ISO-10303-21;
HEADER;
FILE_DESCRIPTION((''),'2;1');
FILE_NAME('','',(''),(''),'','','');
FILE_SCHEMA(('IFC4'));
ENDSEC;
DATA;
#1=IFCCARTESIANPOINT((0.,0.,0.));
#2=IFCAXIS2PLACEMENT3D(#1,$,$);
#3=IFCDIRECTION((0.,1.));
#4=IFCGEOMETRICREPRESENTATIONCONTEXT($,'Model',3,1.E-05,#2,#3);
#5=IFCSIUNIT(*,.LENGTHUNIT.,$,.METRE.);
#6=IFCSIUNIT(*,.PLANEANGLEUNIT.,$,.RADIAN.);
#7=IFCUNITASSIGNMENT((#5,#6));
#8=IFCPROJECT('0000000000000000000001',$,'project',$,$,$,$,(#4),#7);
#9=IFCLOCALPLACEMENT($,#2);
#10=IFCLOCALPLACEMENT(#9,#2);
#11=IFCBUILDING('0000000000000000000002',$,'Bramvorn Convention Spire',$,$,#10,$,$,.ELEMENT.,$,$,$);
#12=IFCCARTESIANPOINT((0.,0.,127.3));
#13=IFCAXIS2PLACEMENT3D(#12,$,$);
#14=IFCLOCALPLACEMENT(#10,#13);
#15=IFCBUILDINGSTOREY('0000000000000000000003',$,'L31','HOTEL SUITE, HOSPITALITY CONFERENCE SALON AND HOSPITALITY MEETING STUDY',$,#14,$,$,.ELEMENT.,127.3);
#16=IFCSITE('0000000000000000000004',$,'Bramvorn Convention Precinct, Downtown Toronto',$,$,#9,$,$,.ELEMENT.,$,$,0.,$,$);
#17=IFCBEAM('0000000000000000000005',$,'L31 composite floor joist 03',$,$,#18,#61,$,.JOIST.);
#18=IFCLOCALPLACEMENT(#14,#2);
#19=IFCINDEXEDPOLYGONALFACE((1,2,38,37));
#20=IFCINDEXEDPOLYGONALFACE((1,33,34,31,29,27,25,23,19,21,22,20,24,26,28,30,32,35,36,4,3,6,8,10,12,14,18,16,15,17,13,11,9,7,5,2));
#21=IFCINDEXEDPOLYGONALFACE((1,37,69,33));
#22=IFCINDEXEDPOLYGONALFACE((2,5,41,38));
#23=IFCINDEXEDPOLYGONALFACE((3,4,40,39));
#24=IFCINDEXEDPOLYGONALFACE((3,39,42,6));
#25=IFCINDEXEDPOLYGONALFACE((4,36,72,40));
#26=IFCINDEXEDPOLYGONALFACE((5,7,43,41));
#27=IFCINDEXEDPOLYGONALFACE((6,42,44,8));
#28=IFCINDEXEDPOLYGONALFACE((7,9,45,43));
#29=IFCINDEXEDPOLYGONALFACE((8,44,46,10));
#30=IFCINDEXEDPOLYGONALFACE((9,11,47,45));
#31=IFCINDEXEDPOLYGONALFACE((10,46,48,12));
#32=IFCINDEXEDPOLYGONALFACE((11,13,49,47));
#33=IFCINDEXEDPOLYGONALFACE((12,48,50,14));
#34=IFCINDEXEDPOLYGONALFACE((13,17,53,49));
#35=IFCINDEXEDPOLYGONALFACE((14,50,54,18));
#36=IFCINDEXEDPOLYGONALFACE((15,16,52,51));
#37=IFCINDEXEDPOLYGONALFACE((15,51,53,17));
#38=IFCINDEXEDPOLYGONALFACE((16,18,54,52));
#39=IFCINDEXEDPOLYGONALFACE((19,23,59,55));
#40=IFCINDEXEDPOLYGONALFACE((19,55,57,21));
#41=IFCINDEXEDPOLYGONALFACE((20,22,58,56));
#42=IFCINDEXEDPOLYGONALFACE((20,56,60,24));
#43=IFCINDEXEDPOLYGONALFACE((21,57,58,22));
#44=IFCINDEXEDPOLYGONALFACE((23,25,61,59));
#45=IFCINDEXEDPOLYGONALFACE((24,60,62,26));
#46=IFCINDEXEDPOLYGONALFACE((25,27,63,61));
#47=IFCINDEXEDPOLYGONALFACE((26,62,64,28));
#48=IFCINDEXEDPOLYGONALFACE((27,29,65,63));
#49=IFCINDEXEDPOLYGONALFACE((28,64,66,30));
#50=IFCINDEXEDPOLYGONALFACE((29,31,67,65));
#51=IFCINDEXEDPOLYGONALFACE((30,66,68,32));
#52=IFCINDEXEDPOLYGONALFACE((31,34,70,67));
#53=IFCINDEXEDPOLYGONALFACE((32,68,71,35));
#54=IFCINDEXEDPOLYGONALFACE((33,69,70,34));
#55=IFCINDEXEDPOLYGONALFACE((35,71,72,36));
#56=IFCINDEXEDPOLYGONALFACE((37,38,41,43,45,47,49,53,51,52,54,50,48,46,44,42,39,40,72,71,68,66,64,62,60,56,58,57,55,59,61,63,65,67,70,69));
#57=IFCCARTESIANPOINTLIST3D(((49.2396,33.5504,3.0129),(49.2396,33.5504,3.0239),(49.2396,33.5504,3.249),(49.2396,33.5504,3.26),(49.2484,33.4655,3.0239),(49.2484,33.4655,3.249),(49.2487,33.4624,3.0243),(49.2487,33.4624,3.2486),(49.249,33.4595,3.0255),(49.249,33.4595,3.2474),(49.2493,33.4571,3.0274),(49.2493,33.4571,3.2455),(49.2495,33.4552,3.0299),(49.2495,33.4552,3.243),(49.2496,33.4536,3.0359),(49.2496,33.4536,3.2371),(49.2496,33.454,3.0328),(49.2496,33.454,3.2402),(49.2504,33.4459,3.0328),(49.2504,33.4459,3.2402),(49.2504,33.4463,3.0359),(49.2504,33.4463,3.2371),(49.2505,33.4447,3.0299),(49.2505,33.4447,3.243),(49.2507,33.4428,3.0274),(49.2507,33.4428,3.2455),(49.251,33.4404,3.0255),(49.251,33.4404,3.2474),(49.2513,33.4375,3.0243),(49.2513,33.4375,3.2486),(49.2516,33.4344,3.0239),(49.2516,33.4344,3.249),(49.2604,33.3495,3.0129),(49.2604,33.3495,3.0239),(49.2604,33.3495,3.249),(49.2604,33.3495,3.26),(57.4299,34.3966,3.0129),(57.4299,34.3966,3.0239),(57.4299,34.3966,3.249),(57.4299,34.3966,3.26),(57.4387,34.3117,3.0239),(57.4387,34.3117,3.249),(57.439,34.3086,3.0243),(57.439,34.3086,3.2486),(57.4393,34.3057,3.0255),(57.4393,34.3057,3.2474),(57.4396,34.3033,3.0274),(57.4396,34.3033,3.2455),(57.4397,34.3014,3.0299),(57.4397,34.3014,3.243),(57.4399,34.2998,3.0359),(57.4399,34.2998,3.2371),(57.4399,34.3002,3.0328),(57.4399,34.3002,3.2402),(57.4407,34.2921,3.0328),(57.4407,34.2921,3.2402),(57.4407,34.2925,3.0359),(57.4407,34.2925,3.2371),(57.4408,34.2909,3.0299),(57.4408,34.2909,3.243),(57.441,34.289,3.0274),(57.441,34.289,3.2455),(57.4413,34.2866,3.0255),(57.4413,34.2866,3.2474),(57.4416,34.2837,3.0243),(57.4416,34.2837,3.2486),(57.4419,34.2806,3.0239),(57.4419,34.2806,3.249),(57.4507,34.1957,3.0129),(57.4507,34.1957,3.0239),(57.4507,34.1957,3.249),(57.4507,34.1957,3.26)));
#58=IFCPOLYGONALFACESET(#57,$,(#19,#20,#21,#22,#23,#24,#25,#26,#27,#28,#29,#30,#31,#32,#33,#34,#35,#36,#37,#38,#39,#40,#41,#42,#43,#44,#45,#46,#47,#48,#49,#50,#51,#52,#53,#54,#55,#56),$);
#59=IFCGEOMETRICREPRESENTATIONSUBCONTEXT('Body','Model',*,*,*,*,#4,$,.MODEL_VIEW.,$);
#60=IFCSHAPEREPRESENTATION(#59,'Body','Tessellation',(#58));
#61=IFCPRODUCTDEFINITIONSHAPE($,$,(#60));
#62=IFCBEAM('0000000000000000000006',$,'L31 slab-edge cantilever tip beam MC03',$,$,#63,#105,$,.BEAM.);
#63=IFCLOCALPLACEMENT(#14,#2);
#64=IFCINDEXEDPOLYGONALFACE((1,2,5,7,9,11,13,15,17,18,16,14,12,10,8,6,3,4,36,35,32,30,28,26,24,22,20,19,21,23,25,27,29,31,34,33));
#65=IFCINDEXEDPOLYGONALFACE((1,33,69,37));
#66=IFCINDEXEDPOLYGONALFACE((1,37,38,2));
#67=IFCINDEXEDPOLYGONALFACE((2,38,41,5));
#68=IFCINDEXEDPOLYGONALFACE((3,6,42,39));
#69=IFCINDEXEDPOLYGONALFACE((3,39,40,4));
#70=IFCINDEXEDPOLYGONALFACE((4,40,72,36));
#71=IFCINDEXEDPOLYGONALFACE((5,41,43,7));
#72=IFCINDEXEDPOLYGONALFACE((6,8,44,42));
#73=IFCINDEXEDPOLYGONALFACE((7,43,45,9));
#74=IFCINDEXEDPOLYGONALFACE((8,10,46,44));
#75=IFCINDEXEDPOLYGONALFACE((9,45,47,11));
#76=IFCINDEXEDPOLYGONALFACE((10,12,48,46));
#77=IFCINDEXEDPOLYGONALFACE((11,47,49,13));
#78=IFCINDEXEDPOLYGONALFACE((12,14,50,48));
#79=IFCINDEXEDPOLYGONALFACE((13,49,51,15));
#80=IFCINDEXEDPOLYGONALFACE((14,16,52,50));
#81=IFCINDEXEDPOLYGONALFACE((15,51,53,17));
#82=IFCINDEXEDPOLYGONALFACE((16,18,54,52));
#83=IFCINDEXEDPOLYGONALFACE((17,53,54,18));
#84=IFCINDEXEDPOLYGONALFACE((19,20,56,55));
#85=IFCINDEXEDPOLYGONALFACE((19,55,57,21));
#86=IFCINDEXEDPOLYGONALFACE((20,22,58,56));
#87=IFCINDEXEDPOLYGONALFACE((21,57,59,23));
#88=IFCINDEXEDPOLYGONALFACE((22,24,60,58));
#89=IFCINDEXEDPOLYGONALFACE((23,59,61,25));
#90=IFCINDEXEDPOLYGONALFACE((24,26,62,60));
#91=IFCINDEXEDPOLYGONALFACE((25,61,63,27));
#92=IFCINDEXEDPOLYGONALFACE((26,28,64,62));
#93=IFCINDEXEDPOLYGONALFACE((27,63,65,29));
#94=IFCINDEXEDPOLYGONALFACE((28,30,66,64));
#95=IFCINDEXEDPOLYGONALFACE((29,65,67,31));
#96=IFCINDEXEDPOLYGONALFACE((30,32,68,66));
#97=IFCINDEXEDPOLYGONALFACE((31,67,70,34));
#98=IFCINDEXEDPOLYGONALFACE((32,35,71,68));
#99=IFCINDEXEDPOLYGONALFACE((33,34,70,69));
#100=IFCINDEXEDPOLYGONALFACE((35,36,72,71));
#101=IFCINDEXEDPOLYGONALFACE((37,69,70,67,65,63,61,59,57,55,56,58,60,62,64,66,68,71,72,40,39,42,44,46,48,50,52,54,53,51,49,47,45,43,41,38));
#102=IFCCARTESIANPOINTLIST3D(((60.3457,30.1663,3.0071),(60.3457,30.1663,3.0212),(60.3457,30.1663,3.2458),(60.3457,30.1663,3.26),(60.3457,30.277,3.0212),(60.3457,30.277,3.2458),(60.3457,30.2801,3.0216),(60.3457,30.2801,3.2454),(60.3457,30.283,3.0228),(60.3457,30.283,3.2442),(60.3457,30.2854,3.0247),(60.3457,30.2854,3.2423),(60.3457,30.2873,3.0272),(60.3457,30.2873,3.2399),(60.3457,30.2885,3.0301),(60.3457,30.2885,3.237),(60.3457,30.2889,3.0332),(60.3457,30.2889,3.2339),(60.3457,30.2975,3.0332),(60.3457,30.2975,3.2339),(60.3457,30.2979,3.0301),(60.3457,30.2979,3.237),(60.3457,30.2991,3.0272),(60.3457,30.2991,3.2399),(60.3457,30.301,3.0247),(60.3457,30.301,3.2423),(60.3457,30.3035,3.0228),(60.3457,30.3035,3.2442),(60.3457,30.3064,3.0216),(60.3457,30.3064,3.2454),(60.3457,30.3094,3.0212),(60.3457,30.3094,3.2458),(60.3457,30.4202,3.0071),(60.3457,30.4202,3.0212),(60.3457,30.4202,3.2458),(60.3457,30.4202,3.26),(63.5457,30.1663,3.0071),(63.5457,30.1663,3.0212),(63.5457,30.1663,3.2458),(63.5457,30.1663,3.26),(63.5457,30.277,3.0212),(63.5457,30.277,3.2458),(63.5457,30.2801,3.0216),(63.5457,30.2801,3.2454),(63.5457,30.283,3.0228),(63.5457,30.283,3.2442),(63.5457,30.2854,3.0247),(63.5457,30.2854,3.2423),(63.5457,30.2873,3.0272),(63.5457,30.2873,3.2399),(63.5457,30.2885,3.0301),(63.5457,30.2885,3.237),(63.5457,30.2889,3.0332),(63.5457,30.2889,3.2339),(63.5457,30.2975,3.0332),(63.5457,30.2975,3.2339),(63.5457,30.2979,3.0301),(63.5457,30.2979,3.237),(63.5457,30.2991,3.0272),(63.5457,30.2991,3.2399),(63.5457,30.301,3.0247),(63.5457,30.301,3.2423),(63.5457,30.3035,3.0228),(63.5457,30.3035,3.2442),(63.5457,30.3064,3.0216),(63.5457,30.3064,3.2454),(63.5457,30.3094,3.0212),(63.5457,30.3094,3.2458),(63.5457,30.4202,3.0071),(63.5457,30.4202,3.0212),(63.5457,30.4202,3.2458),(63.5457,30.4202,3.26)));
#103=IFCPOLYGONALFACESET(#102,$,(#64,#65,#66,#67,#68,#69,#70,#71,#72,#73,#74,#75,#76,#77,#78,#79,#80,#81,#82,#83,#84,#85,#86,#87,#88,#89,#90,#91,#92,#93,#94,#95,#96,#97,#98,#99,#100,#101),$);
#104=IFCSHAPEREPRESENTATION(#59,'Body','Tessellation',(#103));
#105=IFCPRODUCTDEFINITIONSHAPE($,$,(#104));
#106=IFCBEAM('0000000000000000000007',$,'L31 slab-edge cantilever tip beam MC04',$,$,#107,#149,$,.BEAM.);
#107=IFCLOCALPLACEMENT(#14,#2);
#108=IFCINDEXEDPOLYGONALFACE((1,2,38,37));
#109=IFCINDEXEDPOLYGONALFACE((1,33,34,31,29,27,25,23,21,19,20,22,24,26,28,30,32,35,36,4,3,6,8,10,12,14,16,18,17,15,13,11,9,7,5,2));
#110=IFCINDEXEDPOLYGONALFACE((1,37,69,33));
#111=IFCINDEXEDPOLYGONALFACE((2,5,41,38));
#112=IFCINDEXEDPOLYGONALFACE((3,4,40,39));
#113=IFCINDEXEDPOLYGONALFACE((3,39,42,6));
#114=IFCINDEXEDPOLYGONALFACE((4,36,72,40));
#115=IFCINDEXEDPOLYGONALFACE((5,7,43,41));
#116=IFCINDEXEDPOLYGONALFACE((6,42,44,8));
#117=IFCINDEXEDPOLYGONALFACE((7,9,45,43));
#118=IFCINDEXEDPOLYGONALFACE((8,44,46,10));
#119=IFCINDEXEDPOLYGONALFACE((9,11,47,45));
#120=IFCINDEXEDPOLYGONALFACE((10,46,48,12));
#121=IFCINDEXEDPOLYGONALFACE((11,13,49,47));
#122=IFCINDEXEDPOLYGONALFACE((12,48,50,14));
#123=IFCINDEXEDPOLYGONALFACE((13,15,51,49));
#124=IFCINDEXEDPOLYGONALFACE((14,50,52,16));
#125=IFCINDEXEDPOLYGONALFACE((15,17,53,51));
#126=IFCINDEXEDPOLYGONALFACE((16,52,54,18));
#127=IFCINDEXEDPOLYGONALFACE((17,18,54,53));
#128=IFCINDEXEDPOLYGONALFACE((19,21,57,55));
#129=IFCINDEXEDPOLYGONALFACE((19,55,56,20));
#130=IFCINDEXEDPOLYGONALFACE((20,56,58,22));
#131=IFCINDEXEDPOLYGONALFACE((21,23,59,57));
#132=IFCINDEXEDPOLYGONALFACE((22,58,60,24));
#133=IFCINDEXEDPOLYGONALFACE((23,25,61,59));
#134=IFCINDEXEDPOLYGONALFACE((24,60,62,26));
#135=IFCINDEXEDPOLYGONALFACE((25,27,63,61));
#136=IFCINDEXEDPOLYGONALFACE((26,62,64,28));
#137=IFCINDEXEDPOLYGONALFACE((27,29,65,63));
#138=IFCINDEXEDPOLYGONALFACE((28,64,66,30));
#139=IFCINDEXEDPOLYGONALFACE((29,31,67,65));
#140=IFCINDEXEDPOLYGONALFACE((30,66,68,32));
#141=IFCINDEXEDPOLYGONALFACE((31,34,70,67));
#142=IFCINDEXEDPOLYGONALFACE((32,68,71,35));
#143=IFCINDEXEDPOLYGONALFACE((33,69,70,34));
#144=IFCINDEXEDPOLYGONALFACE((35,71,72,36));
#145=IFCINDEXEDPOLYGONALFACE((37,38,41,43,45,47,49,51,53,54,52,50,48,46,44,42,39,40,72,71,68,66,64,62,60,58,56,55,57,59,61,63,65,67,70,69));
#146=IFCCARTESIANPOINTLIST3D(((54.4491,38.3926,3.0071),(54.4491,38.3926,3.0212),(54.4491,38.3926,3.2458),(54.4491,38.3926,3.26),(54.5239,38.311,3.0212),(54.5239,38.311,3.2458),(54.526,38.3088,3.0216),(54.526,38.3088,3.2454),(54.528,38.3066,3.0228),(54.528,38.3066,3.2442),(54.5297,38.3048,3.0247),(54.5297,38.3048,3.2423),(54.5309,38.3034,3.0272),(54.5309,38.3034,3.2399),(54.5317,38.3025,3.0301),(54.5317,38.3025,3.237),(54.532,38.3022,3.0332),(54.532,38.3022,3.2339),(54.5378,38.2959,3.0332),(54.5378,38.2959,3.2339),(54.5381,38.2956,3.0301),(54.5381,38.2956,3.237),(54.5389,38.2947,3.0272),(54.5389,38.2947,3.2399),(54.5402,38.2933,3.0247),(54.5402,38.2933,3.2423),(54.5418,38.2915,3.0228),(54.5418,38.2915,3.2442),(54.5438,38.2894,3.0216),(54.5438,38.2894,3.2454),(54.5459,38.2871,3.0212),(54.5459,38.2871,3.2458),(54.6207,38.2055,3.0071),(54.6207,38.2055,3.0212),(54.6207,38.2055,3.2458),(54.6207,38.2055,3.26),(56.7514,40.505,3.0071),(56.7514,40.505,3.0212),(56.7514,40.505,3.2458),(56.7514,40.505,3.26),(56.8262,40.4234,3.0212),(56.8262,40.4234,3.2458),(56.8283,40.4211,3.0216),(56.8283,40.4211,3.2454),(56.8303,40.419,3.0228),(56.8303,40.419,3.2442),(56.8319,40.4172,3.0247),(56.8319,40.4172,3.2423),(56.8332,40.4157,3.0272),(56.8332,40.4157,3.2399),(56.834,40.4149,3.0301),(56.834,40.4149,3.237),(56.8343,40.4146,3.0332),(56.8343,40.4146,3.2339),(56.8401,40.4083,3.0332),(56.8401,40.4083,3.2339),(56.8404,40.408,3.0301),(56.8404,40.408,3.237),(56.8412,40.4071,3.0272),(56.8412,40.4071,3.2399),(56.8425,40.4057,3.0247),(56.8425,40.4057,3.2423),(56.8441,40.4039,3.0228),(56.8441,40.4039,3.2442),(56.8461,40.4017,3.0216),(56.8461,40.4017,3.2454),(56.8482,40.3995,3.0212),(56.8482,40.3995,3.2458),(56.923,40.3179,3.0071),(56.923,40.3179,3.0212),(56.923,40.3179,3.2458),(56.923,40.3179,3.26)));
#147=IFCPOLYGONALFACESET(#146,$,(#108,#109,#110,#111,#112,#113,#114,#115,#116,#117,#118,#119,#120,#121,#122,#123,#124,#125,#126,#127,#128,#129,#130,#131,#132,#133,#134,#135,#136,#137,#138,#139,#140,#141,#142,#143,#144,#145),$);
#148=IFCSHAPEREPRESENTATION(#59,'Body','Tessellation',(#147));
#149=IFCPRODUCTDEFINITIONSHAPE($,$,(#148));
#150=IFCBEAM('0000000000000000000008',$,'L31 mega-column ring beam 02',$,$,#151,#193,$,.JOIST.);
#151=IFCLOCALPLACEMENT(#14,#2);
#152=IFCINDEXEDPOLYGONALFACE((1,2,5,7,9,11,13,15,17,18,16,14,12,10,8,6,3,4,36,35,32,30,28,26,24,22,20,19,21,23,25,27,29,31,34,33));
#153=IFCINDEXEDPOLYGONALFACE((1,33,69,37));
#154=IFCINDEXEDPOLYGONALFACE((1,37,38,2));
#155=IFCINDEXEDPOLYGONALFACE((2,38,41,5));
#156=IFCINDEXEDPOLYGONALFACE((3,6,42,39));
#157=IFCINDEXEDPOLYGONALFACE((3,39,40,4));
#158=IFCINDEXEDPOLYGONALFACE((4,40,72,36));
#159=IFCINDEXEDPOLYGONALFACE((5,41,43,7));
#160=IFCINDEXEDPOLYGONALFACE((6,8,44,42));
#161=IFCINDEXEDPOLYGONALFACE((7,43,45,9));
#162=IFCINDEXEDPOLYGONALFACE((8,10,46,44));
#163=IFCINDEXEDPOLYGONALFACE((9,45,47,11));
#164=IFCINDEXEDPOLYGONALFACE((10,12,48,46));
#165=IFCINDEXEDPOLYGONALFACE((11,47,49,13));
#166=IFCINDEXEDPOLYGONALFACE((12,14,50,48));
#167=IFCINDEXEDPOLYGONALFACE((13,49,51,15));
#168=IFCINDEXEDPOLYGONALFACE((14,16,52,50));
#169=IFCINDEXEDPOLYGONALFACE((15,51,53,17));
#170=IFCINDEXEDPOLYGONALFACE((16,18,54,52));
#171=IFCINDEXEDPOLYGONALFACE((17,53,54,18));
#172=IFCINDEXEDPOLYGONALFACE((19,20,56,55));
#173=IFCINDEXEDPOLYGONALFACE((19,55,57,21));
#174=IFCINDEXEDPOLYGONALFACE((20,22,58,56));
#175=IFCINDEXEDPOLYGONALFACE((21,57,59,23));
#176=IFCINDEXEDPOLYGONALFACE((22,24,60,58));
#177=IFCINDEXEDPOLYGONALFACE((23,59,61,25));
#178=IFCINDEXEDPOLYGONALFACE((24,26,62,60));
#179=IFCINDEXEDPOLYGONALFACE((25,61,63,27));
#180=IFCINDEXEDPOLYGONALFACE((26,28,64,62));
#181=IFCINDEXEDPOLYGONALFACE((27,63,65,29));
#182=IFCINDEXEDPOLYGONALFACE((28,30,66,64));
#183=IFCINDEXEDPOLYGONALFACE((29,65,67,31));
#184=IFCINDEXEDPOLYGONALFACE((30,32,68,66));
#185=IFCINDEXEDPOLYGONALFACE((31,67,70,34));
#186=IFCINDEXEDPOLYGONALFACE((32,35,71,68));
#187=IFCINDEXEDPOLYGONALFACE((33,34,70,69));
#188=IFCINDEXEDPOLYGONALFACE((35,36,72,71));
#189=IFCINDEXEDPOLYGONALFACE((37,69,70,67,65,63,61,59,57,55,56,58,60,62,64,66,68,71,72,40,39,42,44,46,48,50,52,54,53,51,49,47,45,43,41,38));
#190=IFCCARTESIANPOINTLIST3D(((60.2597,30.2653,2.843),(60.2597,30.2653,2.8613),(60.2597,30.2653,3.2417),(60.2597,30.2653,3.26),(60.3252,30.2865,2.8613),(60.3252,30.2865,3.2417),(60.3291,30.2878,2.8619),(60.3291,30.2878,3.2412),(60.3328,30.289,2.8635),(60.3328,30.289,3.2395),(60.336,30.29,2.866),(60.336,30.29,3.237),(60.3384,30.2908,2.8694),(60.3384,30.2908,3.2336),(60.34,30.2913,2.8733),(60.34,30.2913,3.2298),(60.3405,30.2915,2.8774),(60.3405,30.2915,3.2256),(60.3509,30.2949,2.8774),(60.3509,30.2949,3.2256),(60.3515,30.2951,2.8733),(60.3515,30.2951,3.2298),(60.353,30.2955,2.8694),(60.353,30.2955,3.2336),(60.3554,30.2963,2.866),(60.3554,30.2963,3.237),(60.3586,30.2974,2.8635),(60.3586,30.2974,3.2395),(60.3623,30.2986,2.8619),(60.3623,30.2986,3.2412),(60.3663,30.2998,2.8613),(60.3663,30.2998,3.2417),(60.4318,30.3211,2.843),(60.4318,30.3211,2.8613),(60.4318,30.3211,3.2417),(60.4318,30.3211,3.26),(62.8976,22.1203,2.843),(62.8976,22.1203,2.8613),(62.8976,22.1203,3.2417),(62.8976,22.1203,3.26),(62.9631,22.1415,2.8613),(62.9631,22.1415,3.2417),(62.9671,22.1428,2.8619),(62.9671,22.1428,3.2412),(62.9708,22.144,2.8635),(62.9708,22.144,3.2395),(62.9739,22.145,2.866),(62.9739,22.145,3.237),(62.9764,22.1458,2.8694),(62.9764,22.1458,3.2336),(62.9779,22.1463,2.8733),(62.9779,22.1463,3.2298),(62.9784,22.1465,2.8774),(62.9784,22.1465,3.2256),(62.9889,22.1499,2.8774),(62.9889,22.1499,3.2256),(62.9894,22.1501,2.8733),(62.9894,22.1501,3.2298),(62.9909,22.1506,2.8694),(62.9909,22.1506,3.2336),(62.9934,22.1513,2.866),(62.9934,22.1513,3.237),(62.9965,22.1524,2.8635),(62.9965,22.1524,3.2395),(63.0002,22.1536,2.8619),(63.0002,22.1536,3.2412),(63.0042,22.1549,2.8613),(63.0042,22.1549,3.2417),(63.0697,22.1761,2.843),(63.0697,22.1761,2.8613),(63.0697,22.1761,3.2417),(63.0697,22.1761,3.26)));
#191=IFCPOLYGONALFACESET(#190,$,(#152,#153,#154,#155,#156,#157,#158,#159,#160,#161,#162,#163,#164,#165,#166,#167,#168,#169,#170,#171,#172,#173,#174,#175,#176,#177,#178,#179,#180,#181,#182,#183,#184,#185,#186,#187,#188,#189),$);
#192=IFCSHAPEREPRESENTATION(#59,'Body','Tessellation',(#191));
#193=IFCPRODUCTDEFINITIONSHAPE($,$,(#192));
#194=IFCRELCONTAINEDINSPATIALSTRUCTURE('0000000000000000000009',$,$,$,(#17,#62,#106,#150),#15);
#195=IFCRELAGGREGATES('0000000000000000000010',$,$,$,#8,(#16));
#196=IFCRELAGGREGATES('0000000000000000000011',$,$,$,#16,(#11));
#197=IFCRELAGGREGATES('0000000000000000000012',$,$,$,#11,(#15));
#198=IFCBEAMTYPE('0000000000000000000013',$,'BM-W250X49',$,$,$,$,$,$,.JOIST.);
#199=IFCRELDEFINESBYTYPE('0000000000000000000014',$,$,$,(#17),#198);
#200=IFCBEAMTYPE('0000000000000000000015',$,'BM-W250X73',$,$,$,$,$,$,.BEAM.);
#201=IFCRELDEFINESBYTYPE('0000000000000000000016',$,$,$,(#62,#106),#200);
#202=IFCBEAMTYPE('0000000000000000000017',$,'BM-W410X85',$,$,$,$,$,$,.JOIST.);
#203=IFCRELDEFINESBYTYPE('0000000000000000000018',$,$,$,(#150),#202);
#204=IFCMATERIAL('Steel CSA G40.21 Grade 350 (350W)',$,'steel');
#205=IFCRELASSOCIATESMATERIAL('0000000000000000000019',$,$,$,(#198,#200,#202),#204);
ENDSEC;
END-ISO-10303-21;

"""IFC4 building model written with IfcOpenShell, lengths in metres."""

from ifc_helpers import new_model, si_unit, direction, frame, origin, origin_2d, place, context, subcontext, project, spatial, i_section, extrude, material, material_profile, profile_set, type_object, element, save


model = new_model("IFC4")

# Units and contexts
model_context = context("Model", 3, precision=1e-05, world=origin(), true_north=direction((0.0, 1.0)))
body_context = subcontext(model_context, "Body", "Model", "MODEL_VIEW")
ifc_project = project(units=[si_unit("LENGTHUNIT", "METRE"), si_unit("PLANEANGLEUNIT", "RADIAN")], contexts=[model_context])

# Site, building, storey
site_placement = place(None, origin())
site = spatial("IfcSite", under=ifc_project, at=site_placement, Name="Bramvorn Convention Precinct, Downtown Toronto", CompositionType="ELEMENT", RefElevation=0.0)
building_placement = place(site_placement, origin())
building = spatial("IfcBuilding", under=site, at=building_placement, Name="Bramvorn Convention Spire", CompositionType="ELEMENT")
storey_placement = place(building_placement, frame((0.0, 0.0, 127.3)))
storey = spatial("IfcBuildingStorey", under=building, at=storey_placement, Name="L31", Description="HOTEL SUITE, HOSPITALITY CONFERENCE SALON AND HOSPITALITY MEETING STUDY", CompositionType="ELEMENT", Elevation=127.3)

# Shared definitions
ifc_material_1 = material(Name="Steel CSA G40.21 Grade 350 (350W)", Category="steel")

# Beams
ifc_material_profile_1 = material_profile(ifc_material_1, i_section(OverallWidth=0.2019, OverallDepth=0.2471, WebThickness=0.0073, FlangeThickness=0.011, FilletRadius=0.012, at=origin_2d()))
ifc_profile_set_1 = profile_set([ifc_material_profile_1], Name="Steel CSA G40.21 Grade 350 (350W) - W250X49")
beam_type_1 = type_object("IfcBeamType", Name="BM-W250X49", PredefinedType="JOIST", material=ifc_profile_set_1)
beam_1_placement = place(storey_placement, frame((49.25, 33.45, 3.1365), z_axis=(0.994705, 0.102771, 0.0), x_axis=(-0.102771, 0.994705, 0.0)))
element("IfcBeam", 1, at=beam_1_placement, inside=storey, type_object=beam_type_1, Name="L31 composite floor joist 03", PredefinedType="JOIST", context=body_context, shape_type="SweptSolid", body=[
    extrude(i_section(OverallWidth=0.2019, OverallDepth=0.2471, WebThickness=0.0073, FlangeThickness=0.011, FilletRadius=0.012, at=origin_2d()), origin(), (0.0, 0.0, 1.0), 8.2339),
])
ifc_material_profile_2 = material_profile(ifc_material_1, i_section(OverallWidth=0.2539, OverallDepth=0.2529, WebThickness=0.0085, FlangeThickness=0.0142, FilletRadius=0.012, at=origin_2d()))
ifc_profile_set_2 = profile_set([ifc_material_profile_2], Name="Steel CSA G40.21 Grade 350 (350W) - W250X73")
beam_type_2 = type_object("IfcBeamType", Name="BM-W250X73", PredefinedType="BEAM", material=ifc_profile_set_2)
beam_2_placement = place(storey_placement, frame((60.3457, 30.2932, 3.1335), z_axis=(1.0, 0.0, 0.0), x_axis=(0.0, 1.0, 0.0)))
element("IfcBeam", 2, at=beam_2_placement, inside=storey, type_object=beam_type_2, Name="L31 slab-edge cantilever tip beam MC03", PredefinedType="BEAM", context=body_context, shape_type="SweptSolid", body=[
    extrude(i_section(OverallWidth=0.2539, OverallDepth=0.2529, WebThickness=0.0085, FlangeThickness=0.0142, FilletRadius=0.012, at=origin_2d()), origin(), (0.0, 0.0, 1.0), 3.2),
])
beam_3_placement = place(storey_placement, frame((54.5349, 38.2991, 3.1335), z_axis=(0.736849, 0.676057, 0.0), x_axis=(-0.676057, 0.736849, 0.0)))
element("IfcBeam", 3, at=beam_3_placement, inside=storey, type_object=beam_type_2, Name="L31 slab-edge cantilever tip beam MC04", PredefinedType="BEAM", context=body_context, shape_type="SweptSolid", body=[
    extrude(i_section(OverallWidth=0.2539, OverallDepth=0.2529, WebThickness=0.0085, FlangeThickness=0.0142, FilletRadius=0.012, at=origin_2d()), origin(), (0.0, 0.0, 1.0), 3.1245),
])
ifc_material_profile_3 = material_profile(ifc_material_1, i_section(OverallWidth=0.1809, OverallDepth=0.417, WebThickness=0.011, FlangeThickness=0.0183, FilletRadius=0.0161, at=origin_2d()))
ifc_profile_set_3 = profile_set([ifc_material_profile_3], Name="Steel CSA G40.21 Grade 350 (350W) - W410X85")
beam_type_3 = type_object("IfcBeamType", Name="BM-W410X85", PredefinedType="JOIST", material=ifc_profile_set_3)
beam_4_placement = place(storey_placement, frame((62.9836, 22.1482, 3.0515), z_axis=(-0.308115, 0.951349, 0.0), x_axis=(-0.951349, -0.308115, 0.0)))
element("IfcBeam", 4, at=beam_4_placement, inside=storey, type_object=beam_type_3, Name="L31 mega-column ring beam 02", PredefinedType="JOIST", context=body_context, shape_type="SweptSolid", body=[
    extrude(i_section(OverallWidth=0.1809, OverallDepth=0.417, WebThickness=0.011, FlangeThickness=0.0183, FilletRadius=0.0161, at=origin_2d()), origin(), (0.0, 0.0, 1.0), 8.5615),
])

save(model, "model.ifc")
